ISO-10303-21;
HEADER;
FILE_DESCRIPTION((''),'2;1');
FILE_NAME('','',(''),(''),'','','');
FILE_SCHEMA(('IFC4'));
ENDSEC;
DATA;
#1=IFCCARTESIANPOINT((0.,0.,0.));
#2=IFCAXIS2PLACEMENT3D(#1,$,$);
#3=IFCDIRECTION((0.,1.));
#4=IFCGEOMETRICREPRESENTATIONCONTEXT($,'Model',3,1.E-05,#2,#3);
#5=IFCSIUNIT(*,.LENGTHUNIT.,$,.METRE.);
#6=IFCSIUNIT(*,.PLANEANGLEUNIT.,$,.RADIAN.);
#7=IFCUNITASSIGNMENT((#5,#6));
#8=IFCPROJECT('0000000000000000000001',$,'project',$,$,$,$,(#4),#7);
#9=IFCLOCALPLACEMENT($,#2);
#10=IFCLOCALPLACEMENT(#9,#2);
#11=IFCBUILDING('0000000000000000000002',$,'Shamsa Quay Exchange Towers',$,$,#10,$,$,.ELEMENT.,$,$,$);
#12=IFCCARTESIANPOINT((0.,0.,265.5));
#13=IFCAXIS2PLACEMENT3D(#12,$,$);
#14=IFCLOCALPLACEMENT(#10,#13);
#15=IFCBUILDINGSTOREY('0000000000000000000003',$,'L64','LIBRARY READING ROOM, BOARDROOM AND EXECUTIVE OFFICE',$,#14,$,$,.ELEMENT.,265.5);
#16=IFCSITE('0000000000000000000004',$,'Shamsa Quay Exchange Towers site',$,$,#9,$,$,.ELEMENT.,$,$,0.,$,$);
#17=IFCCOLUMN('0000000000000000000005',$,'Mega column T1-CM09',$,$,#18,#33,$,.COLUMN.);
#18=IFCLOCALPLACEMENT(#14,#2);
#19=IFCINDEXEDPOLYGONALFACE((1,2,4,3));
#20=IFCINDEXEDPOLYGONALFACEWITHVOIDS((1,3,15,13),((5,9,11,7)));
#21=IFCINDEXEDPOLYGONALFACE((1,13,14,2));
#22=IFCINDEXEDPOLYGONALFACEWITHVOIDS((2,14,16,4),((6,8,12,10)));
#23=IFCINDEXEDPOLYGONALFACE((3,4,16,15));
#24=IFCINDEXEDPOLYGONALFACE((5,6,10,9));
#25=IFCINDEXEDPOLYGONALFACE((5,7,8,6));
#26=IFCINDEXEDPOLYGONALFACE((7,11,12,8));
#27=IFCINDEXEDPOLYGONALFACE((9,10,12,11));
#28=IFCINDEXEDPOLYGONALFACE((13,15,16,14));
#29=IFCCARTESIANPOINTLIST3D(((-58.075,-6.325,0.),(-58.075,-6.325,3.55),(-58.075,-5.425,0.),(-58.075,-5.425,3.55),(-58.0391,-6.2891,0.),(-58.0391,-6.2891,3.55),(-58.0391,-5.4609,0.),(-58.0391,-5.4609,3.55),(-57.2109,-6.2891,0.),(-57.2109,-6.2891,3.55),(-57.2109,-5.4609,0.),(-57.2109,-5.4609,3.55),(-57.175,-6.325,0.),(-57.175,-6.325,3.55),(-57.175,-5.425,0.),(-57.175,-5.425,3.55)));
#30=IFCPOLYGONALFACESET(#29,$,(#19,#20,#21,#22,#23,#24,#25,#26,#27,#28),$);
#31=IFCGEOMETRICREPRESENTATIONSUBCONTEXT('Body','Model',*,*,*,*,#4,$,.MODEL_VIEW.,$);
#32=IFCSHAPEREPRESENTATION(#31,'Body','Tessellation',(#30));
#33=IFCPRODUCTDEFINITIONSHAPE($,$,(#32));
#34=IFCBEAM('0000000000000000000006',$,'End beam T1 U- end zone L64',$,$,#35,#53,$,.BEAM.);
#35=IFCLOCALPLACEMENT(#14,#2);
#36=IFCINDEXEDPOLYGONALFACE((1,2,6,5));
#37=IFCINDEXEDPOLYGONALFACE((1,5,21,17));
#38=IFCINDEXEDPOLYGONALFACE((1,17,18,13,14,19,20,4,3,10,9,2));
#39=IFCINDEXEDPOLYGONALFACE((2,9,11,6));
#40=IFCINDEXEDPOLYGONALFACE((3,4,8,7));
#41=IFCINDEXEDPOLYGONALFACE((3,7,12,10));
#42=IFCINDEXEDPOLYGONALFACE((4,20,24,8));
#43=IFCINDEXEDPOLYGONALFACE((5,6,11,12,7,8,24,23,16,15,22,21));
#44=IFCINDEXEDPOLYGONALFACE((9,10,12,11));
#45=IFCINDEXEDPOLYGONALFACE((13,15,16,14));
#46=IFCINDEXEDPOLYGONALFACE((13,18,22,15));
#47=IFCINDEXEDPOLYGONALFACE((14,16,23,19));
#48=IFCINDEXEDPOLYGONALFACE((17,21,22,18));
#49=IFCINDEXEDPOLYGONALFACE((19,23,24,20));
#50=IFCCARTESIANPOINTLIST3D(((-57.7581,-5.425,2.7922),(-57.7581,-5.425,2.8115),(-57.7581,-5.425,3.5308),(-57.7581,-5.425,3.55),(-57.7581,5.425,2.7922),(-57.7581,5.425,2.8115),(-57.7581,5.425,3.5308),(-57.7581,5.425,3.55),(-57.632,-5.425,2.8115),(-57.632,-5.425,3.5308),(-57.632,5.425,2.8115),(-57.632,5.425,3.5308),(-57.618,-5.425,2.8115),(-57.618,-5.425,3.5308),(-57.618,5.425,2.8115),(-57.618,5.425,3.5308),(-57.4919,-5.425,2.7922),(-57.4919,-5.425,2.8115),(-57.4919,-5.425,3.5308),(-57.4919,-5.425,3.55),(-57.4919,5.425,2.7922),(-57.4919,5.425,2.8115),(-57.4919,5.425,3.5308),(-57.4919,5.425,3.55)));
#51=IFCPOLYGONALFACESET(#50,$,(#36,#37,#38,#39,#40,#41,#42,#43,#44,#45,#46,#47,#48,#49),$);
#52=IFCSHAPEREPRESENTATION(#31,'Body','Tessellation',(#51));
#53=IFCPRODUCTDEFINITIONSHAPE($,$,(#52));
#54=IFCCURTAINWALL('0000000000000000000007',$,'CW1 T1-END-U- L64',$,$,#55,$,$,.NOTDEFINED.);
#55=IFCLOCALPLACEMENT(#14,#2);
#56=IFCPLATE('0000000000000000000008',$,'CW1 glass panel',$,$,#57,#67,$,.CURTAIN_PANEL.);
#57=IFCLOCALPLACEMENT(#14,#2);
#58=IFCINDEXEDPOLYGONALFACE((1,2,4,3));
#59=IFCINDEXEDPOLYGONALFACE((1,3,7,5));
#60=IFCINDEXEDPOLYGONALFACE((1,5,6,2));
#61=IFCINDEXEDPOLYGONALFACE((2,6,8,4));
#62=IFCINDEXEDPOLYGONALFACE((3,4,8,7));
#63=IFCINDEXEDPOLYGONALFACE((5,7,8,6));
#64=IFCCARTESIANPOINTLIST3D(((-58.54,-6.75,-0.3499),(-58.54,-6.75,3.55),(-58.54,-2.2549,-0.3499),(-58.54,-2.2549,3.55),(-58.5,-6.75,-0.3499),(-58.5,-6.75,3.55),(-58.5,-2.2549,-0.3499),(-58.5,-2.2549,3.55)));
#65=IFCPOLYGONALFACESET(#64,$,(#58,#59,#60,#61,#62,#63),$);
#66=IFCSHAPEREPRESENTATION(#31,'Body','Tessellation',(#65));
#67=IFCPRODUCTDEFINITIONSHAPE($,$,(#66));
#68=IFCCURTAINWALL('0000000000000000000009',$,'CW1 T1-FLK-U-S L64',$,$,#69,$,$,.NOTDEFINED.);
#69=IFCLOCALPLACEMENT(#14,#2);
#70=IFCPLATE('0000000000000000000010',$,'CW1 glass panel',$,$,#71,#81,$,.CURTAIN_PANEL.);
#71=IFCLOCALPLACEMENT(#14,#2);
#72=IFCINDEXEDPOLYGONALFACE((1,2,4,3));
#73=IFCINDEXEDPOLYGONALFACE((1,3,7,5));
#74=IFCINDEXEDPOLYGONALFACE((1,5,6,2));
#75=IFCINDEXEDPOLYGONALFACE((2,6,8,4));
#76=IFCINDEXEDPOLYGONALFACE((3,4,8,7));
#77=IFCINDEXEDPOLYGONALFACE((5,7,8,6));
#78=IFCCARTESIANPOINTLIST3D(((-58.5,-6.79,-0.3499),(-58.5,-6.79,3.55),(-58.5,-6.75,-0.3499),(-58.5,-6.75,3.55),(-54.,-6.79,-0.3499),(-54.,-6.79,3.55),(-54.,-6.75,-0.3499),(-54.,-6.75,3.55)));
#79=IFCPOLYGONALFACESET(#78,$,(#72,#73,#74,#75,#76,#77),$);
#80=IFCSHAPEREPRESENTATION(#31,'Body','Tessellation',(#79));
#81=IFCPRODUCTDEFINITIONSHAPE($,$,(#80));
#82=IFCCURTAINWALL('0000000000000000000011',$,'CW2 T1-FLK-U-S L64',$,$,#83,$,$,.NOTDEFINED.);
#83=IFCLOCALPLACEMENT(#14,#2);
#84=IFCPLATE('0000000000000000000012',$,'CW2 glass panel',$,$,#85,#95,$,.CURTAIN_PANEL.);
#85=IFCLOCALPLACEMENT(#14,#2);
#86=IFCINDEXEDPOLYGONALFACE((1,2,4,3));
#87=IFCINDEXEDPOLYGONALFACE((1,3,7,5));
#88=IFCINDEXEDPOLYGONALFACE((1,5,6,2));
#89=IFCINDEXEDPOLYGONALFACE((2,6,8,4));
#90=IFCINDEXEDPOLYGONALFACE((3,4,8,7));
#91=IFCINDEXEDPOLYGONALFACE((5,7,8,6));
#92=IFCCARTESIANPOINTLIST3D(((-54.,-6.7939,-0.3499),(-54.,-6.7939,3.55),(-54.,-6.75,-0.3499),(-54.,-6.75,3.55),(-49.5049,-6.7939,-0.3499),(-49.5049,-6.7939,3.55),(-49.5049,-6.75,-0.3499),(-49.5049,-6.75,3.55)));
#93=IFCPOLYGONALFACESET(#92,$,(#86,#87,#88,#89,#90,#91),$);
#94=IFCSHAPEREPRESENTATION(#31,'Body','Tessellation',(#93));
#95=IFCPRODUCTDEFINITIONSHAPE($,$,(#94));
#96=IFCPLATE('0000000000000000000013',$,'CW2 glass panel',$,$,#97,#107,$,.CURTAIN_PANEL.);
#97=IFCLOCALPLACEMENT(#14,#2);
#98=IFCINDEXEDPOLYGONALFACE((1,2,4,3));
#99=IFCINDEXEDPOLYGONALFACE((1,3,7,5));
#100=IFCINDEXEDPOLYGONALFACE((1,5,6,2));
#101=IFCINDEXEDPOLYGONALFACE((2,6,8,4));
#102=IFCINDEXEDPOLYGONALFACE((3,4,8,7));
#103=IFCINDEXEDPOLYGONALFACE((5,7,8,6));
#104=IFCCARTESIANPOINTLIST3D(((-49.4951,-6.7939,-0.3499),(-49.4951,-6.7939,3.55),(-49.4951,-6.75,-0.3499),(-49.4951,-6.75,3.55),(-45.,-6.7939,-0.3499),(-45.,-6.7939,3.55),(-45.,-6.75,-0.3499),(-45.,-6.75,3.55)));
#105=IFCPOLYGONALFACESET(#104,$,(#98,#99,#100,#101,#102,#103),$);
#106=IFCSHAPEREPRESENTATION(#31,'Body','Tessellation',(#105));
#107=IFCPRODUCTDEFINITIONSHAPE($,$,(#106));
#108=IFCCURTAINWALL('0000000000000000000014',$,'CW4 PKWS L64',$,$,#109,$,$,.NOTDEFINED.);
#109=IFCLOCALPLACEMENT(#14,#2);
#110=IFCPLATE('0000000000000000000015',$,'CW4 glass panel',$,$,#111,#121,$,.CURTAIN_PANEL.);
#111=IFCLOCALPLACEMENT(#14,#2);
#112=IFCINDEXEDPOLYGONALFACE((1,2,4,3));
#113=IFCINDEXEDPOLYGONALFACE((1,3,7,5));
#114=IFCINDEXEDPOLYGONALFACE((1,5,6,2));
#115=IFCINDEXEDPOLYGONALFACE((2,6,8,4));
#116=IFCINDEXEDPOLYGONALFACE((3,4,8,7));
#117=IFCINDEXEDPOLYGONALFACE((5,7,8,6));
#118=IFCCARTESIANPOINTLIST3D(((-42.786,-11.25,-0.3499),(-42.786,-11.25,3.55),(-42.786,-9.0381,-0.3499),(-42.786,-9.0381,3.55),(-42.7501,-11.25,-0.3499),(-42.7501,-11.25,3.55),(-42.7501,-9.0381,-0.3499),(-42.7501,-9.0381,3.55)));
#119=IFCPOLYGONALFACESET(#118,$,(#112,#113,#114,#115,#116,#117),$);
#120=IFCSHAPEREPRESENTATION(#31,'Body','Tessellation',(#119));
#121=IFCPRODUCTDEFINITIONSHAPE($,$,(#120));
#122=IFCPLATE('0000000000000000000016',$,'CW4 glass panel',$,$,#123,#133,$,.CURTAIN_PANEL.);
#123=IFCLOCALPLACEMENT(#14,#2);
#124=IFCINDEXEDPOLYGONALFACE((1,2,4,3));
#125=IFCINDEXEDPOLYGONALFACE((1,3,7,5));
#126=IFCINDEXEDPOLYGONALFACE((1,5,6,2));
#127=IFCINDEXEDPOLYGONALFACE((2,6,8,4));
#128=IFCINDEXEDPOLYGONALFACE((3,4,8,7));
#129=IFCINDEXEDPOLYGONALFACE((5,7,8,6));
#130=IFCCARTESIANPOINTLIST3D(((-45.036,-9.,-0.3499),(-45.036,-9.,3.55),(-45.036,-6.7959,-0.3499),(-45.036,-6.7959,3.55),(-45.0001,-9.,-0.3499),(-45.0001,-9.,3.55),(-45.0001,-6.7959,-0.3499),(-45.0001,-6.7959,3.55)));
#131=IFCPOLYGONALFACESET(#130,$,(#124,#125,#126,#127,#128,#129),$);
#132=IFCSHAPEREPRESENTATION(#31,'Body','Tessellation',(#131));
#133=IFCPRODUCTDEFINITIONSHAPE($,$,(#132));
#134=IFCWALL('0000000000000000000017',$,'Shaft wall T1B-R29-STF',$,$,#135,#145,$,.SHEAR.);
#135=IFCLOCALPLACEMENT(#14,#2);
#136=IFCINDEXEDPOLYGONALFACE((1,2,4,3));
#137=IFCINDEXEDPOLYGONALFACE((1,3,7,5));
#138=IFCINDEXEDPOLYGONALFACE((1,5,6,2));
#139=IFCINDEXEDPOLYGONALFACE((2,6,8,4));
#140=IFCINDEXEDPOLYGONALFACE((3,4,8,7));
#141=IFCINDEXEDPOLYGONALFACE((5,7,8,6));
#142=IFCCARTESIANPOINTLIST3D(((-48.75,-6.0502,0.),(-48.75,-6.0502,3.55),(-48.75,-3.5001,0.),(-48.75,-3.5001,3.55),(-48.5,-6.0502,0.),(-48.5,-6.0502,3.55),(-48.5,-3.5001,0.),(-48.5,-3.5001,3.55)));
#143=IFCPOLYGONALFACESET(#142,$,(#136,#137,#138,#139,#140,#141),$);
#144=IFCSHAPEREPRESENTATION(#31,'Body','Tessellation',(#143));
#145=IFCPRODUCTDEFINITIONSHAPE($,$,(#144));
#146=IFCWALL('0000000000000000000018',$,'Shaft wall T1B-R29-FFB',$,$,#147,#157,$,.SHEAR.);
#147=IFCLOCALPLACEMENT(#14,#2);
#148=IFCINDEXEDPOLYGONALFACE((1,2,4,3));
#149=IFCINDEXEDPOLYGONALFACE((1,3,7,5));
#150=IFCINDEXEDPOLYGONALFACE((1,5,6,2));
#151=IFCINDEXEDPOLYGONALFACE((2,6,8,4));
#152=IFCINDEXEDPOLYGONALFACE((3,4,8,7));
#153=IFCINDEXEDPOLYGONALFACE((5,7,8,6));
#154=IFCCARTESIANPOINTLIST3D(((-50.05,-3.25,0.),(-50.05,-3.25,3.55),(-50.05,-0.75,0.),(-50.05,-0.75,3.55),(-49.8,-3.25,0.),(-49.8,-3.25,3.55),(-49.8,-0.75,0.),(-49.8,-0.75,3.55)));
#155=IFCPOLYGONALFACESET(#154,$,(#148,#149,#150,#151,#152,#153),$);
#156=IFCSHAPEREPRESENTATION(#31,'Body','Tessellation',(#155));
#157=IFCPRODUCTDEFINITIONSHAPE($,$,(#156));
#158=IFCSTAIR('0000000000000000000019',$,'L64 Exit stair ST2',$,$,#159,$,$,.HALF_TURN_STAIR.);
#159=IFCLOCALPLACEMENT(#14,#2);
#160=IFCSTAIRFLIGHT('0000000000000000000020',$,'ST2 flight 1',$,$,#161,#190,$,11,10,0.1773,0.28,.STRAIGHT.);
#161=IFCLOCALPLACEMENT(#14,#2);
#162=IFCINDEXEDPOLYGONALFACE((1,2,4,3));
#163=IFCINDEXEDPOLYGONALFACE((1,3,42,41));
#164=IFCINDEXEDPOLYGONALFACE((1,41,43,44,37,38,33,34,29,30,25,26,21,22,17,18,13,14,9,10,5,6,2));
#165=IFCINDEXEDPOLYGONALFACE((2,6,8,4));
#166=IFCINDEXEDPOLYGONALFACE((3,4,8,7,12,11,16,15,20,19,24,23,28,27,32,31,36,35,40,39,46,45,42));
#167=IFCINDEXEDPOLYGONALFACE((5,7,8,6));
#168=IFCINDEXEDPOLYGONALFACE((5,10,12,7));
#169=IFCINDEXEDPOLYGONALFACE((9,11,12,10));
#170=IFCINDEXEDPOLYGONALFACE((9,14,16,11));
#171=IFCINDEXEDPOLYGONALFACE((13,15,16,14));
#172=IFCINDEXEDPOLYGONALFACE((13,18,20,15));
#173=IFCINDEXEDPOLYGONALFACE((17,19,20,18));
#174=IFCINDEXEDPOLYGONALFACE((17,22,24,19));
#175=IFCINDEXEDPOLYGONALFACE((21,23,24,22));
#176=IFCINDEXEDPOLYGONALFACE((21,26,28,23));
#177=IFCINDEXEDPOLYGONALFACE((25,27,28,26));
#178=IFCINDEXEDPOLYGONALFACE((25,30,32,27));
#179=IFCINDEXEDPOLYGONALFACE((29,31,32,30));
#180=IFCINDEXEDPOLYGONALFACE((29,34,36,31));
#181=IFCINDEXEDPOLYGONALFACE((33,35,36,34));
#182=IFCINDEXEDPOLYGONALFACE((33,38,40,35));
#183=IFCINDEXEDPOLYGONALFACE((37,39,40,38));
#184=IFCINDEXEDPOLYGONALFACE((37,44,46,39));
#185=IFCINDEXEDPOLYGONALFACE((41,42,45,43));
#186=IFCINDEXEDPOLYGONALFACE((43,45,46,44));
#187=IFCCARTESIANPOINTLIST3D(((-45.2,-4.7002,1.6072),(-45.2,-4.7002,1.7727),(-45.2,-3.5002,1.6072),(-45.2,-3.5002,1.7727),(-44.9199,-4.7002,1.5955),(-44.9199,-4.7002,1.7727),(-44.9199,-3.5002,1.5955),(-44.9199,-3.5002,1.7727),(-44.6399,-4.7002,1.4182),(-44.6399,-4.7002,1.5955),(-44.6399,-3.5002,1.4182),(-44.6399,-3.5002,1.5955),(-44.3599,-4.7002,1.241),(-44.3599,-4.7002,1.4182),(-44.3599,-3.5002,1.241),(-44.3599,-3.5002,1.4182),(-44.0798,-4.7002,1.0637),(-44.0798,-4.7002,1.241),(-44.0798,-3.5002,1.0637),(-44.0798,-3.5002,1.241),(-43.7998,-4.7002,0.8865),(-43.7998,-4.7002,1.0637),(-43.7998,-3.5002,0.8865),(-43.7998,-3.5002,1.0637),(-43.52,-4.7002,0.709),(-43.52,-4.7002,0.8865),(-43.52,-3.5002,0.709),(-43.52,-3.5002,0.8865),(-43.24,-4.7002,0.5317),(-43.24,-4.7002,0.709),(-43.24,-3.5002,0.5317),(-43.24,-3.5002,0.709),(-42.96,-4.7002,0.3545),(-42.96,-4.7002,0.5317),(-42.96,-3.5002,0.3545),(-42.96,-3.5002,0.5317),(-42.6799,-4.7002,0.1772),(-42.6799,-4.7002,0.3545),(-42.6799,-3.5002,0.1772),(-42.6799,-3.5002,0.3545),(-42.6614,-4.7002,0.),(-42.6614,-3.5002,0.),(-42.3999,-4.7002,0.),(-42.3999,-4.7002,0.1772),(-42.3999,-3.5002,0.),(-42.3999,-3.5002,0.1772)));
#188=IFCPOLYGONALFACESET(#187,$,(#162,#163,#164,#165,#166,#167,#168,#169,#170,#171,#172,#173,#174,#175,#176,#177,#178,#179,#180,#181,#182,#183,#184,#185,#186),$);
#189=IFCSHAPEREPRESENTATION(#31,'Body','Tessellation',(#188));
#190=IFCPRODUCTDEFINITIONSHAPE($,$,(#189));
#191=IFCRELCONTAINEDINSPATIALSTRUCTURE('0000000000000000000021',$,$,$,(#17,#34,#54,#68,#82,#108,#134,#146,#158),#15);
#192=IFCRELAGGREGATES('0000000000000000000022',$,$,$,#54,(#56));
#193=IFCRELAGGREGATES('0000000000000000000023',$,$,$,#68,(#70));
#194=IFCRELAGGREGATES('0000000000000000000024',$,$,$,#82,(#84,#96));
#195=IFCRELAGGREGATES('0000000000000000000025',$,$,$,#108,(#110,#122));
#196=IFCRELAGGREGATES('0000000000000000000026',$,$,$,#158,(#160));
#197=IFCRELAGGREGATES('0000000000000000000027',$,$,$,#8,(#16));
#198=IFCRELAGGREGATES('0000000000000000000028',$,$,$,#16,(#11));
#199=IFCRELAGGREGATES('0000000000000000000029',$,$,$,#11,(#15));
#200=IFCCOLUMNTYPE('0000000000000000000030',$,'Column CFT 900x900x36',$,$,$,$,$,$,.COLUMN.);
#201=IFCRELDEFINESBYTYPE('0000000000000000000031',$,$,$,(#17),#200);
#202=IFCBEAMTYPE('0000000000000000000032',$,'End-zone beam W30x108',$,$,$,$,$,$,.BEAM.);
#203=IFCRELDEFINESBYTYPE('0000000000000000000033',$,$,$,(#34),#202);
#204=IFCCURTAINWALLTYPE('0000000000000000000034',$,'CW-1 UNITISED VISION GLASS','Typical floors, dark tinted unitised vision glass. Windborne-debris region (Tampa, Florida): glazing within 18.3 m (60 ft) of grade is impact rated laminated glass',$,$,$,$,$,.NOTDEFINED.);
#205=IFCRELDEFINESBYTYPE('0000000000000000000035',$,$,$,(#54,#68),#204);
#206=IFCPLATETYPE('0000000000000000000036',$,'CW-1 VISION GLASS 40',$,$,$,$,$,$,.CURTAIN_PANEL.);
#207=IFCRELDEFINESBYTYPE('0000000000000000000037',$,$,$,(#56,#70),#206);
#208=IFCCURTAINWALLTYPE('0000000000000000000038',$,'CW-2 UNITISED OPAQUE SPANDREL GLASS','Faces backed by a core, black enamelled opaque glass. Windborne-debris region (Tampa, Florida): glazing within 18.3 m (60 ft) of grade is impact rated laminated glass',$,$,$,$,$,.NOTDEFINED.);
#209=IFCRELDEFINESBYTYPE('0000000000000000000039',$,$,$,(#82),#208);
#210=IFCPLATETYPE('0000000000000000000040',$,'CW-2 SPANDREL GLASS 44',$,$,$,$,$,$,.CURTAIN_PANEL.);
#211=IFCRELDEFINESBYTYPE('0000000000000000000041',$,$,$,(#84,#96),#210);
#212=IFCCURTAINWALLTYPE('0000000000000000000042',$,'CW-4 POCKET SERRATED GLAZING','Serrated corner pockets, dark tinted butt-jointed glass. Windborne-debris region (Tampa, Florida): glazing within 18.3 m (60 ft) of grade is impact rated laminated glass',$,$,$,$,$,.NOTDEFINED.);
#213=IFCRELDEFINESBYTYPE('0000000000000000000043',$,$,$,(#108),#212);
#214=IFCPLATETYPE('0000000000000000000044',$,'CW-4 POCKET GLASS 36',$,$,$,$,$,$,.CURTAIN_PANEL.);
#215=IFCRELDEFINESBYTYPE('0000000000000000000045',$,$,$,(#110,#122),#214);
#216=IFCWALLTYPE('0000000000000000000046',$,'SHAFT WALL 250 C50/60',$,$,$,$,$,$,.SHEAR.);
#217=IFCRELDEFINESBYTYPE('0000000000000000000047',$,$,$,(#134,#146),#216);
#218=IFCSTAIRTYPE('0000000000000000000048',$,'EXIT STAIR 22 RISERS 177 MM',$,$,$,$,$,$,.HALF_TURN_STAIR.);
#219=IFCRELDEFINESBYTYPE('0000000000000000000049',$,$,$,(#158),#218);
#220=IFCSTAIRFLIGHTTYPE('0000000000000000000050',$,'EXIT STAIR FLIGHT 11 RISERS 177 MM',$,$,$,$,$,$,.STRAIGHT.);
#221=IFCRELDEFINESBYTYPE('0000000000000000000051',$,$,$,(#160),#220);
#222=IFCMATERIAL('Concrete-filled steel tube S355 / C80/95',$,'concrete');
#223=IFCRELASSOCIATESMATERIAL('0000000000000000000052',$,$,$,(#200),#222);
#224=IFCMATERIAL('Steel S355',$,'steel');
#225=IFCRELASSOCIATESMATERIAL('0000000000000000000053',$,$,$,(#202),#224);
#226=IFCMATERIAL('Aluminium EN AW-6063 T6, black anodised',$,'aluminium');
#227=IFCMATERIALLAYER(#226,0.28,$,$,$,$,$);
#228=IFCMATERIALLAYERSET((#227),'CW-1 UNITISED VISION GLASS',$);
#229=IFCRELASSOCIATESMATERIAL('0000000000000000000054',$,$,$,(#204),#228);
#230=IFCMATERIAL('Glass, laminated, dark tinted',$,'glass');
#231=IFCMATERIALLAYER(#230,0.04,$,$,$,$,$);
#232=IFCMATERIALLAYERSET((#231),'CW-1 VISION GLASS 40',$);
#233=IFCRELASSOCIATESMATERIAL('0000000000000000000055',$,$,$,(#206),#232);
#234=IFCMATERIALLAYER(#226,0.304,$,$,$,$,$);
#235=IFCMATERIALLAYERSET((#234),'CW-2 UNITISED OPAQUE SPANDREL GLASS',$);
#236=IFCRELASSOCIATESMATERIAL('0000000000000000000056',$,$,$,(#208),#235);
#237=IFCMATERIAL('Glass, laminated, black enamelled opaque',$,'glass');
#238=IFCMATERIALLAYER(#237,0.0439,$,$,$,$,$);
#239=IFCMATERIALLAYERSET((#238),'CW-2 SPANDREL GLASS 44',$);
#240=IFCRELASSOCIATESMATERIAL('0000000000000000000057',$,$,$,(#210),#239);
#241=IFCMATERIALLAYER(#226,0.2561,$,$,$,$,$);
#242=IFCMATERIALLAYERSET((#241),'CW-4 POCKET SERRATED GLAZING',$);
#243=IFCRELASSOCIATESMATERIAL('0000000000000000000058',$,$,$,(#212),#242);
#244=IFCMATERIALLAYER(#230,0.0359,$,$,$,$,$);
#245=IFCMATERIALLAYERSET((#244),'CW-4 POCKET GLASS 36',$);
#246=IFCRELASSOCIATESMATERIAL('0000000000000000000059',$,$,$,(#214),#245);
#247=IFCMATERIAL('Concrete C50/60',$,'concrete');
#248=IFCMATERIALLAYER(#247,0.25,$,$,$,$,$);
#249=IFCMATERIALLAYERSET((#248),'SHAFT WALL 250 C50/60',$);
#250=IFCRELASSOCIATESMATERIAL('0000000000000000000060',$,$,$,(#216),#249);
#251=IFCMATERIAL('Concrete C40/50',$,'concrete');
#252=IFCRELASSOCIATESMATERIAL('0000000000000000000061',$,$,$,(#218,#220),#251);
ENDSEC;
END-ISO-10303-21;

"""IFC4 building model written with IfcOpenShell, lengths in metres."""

from ifc_helpers import new_model, si_unit, direction, frame, frame_2d, origin, origin_2d, place, context, subcontext, project, spatial, polyline, rectangle, hollow_rectangle, i_section, outline, extrude, material, layer, layer_set, material_profile, profile_set, type_object, element, aggregate, save


model = new_model("IFC4")

# Units and contexts
model_context = context("Model", 3, precision=1e-05, world=origin(), true_north=direction((0.0, 1.0)))
body_context = subcontext(model_context, "Body", "Model", "MODEL_VIEW")
ifc_project = project(units=[si_unit("LENGTHUNIT", "METRE"), si_unit("PLANEANGLEUNIT", "RADIAN")], contexts=[model_context])

# Site, building, storey
site_placement = place(None, origin())
site = spatial("IfcSite", under=ifc_project, at=site_placement, Name="Shamsa Quay Exchange Towers site", CompositionType="ELEMENT", RefElevation=0.0)
building_placement = place(site_placement, origin())
building = spatial("IfcBuilding", under=site, at=building_placement, Name="Shamsa Quay Exchange Towers", CompositionType="ELEMENT")
storey_placement = place(building_placement, frame((0.0, 0.0, 265.5)))
storey = spatial("IfcBuildingStorey", under=building, at=storey_placement, Name="L64", Description="LIBRARY READING ROOM, BOARDROOM AND EXECUTIVE OFFICE", CompositionType="ELEMENT", Elevation=265.5)

# Column
ifc_material_1 = material(Name="Concrete-filled steel tube S355 / C80/95", Category="concrete")
ifc_material_profile_1 = material_profile(ifc_material_1, hollow_rectangle(XDim=0.8999, YDim=0.8999, WallThickness=0.0359, at=origin_2d()), Name="CFT 900x900x36")
ifc_profile_set_1 = profile_set([ifc_material_profile_1], Name="Concrete-filled steel tube S355 / C80/95")
column_type = type_object("IfcColumnType", Name="Column CFT 900x900x36", PredefinedType="COLUMN", material=ifc_profile_set_1)
column_placement = place(storey_placement, frame((-57.625, -5.875, 0.0)))
element("IfcColumn", 1, at=column_placement, inside=storey, type_object=column_type, Name="Mega column T1-CM09", PredefinedType="COLUMN", context=body_context, shape_type="SweptSolid", body=[
    extrude(hollow_rectangle(XDim=0.8999, YDim=0.8999, WallThickness=0.0359, at=origin_2d()), origin(), (0.0, 0.0, 1.0), 3.55),
])

# Beam
ifc_material_2 = material(Name="Steel S355", Category="steel")
ifc_material_profile_2 = material_profile(ifc_material_2, i_section(OverallWidth=0.2661, OverallDepth=0.7578, WebThickness=0.0139, FlangeThickness=0.0193, at=origin_2d()), Name="W30x108")
ifc_profile_set_2 = profile_set([ifc_material_profile_2], Name="Steel S355")
beam_type = type_object("IfcBeamType", Name="End-zone beam W30x108", PredefinedType="BEAM", material=ifc_profile_set_2)
beam_placement = place(storey_placement, frame((-57.625, -5.425, 3.1711), z_axis=(0.0, 1.0, 0.0), x_axis=(-1.0, 0.0, 0.0)))
element("IfcBeam", 2, at=beam_placement, inside=storey, type_object=beam_type, Name="End beam T1 U- end zone L64", PredefinedType="BEAM", context=body_context, shape_type="SweptSolid", body=[
    extrude(i_section(OverallWidth=0.2661, OverallDepth=0.7578, WebThickness=0.0139, FlangeThickness=0.0193, at=origin_2d()), origin(), (0.0, 0.0, 1.0), 10.8501),
])

# Curtain walls, plates
ifc_material_3 = material(Name="Aluminium EN AW-6063 T6, black anodised", Category="aluminium")
ifc_layer_1 = layer(ifc_material_3, 0.28)
ifc_layer_set_1 = layer_set([ifc_layer_1], Name="CW-1 UNITISED VISION GLASS")
curtain_wall_type_1 = type_object("IfcCurtainWallType", Name="CW-1 UNITISED VISION GLASS", Description="Typical floors, dark tinted unitised vision glass. Windborne-debris region (Tampa, Florida): glazing within 18.3 m (60 ft) of grade is impact rated laminated glass", PredefinedType="NOTDEFINED", material=ifc_layer_set_1)
curtain_wall_1_placement = place(storey_placement, origin())
curtain_wall_1 = element("IfcCurtainWall", 3, at=curtain_wall_1_placement, inside=storey, type_object=curtain_wall_type_1, Name="CW1 T1-END-U- L64", PredefinedType="NOTDEFINED")
ifc_material_4 = material(Name="Glass, laminated, dark tinted", Category="glass")
ifc_layer_2 = layer(ifc_material_4, 0.04)
ifc_layer_set_2 = layer_set([ifc_layer_2], Name="CW-1 VISION GLASS 40")
plate_type_1 = type_object("IfcPlateType", Name="CW-1 VISION GLASS 40", PredefinedType="CURTAIN_PANEL", material=ifc_layer_set_2)
plate_1_placement = place(storey_placement, frame((-58.52, -4.5024, -0.3499), z_axis=(0.0, 0.0, 1.0), x_axis=(0.0, -1.0, 0.0)))
plate_1 = element("IfcPlate", 4, at=plate_1_placement, type_object=plate_type_1, Name="CW1 glass panel", PredefinedType="CURTAIN_PANEL", context=body_context, shape_type="SweptSolid", body=[
    extrude(rectangle(XDim=4.4951, YDim=0.04, at=origin_2d()), origin(), (0.0, 0.0, 1.0), 3.8999),
])
aggregate(curtain_wall_1, [plate_1])
curtain_wall_2_placement = place(storey_placement, origin())
curtain_wall_2 = element("IfcCurtainWall", 5, at=curtain_wall_2_placement, inside=storey, type_object=curtain_wall_type_1, Name="CW1 T1-FLK-U-S L64", PredefinedType="NOTDEFINED")
plate_2_placement = place(storey_placement, frame((-56.25, -6.77, -0.3499)))
plate_2 = element("IfcPlate", 6, at=plate_2_placement, type_object=plate_type_1, Name="CW1 glass panel", PredefinedType="CURTAIN_PANEL", context=body_context, shape_type="SweptSolid", body=[
    extrude(rectangle(XDim=4.5, YDim=0.04, at=origin_2d()), origin(), (0.0, 0.0, 1.0), 3.8999),
])
aggregate(curtain_wall_2, [plate_2])

# Curtain walls, plates
ifc_layer_3 = layer(ifc_material_3, 0.304)
ifc_layer_set_3 = layer_set([ifc_layer_3], Name="CW-2 UNITISED OPAQUE SPANDREL GLASS")
curtain_wall_type_2 = type_object("IfcCurtainWallType", Name="CW-2 UNITISED OPAQUE SPANDREL GLASS", Description="Faces backed by a core, black enamelled opaque glass. Windborne-debris region (Tampa, Florida): glazing within 18.3 m (60 ft) of grade is impact rated laminated glass", PredefinedType="NOTDEFINED", material=ifc_layer_set_3)
curtain_wall_3_placement = place(storey_placement, origin())
curtain_wall_3 = element("IfcCurtainWall", 7, at=curtain_wall_3_placement, inside=storey, type_object=curtain_wall_type_2, Name="CW2 T1-FLK-U-S L64", PredefinedType="NOTDEFINED")
ifc_material_5 = material(Name="Glass, laminated, black enamelled opaque", Category="glass")
ifc_layer_4 = layer(ifc_material_5, 0.0439)
ifc_layer_set_4 = layer_set([ifc_layer_4], Name="CW-2 SPANDREL GLASS 44")
plate_type_2 = type_object("IfcPlateType", Name="CW-2 SPANDREL GLASS 44", PredefinedType="CURTAIN_PANEL", material=ifc_layer_set_4)
plate_3_placement = place(storey_placement, frame((-51.7524, -6.772, -0.3499)))
plate_3 = element("IfcPlate", 8, at=plate_3_placement, type_object=plate_type_2, Name="CW2 glass panel", PredefinedType="CURTAIN_PANEL", context=body_context, shape_type="SweptSolid", body=[
    extrude(rectangle(XDim=4.4951, YDim=0.0439, at=origin_2d()), origin(), (0.0, 0.0, 1.0), 3.8999),
])
plate_4_placement = place(storey_placement, frame((-47.2476, -6.772, -0.3499)))
plate_4 = element("IfcPlate", 9, at=plate_4_placement, type_object=plate_type_2, Name="CW2 glass panel", PredefinedType="CURTAIN_PANEL", context=body_context, shape_type="SweptSolid", body=[
    extrude(rectangle(XDim=4.4951, YDim=0.0439, at=origin_2d()), origin(), (0.0, 0.0, 1.0), 3.8999),
])
aggregate(curtain_wall_3, [plate_3, plate_4])
ifc_layer_5 = layer(ifc_material_3, 0.2561)
ifc_layer_set_5 = layer_set([ifc_layer_5], Name="CW-4 POCKET SERRATED GLAZING")
curtain_wall_type_3 = type_object("IfcCurtainWallType", Name="CW-4 POCKET SERRATED GLAZING", Description="Serrated corner pockets, dark tinted butt-jointed glass. Windborne-debris region (Tampa, Florida): glazing within 18.3 m (60 ft) of grade is impact rated laminated glass", PredefinedType="NOTDEFINED", material=ifc_layer_set_5)
curtain_wall_4_placement = place(storey_placement, origin())
curtain_wall_4 = element("IfcCurtainWall", 10, at=curtain_wall_4_placement, inside=storey, type_object=curtain_wall_type_3, Name="CW4 PKWS L64", PredefinedType="NOTDEFINED")
ifc_layer_6 = layer(ifc_material_4, 0.0359)
ifc_layer_set_6 = layer_set([ifc_layer_6], Name="CW-4 POCKET GLASS 36")
plate_type_3 = type_object("IfcPlateType", Name="CW-4 POCKET GLASS 36", PredefinedType="CURTAIN_PANEL", material=ifc_layer_set_6)
plate_5_placement = place(storey_placement, frame((-42.7681, -10.144, -0.3499), z_axis=(0.0, 0.0, 1.0), x_axis=(0.0, -1.0, 0.0)))
plate_5 = element("IfcPlate", 11, at=plate_5_placement, type_object=plate_type_3, Name="CW4 glass panel", PredefinedType="CURTAIN_PANEL", context=body_context, shape_type="SweptSolid", body=[
    extrude(rectangle(XDim=2.2119, YDim=0.0359, at=origin_2d()), origin(), (0.0, 0.0, 1.0), 3.8999),
])
plate_6_placement = place(storey_placement, frame((-45.0181, -7.8979, -0.3499), z_axis=(0.0, 0.0, 1.0), x_axis=(0.0, -1.0, 0.0)))
plate_6 = element("IfcPlate", 12, at=plate_6_placement, type_object=plate_type_3, Name="CW4 glass panel", PredefinedType="CURTAIN_PANEL", context=body_context, shape_type="SweptSolid", body=[
    extrude(rectangle(XDim=2.2041, YDim=0.0359, at=origin_2d()), origin(), (0.0, 0.0, 1.0), 3.8999),
])
aggregate(curtain_wall_4, [plate_5, plate_6])

# Walls
ifc_material_6 = material(Name="Concrete C50/60", Category="concrete")
ifc_layer_7 = layer(ifc_material_6, 0.25)
ifc_layer_set_7 = layer_set([ifc_layer_7], Name="SHAFT WALL 250 C50/60")
wall_type_1 = type_object("IfcWallType", Name="SHAFT WALL 250 C50/60", PredefinedType="SHEAR", material=ifc_layer_set_7)
wall_1_placement = place(storey_placement, frame((-48.625, -6.05, 0.0), z_axis=(0.0, 0.0, 1.0), x_axis=(0.0, 1.0, 0.0)))
element("IfcWall", 13, at=wall_1_placement, inside=storey, type_object=wall_type_1, Name="Shaft wall T1B-R29-STF", PredefinedType="SHEAR", context=body_context, shape_type="SweptSolid", body=[
    extrude(rectangle(XDim=2.55, YDim=0.25, at=frame_2d((1.2749, 0.0))), origin(), (0.0, 0.0, 1.0), 3.55),
])
wall_2_placement = place(storey_placement, frame((-49.925, -3.25, 0.0), z_axis=(0.0, 0.0, 1.0), x_axis=(0.0, 1.0, 0.0)))
element("IfcWall", 14, at=wall_2_placement, inside=storey, type_object=wall_type_1, Name="Shaft wall T1B-R29-FFB", PredefinedType="SHEAR", context=body_context, shape_type="SweptSolid", body=[
    extrude(rectangle(XDim=2.5, YDim=0.25, at=frame_2d((1.25, 0.0))), origin(), (0.0, 0.0, 1.0), 3.55),
])

# Stair, stair flight
ifc_material_7 = material(Name="Concrete C40/50", Category="concrete")
stair_type = type_object("IfcStairType", Name="EXIT STAIR 22 RISERS 177 MM", PredefinedType="HALF_TURN_STAIR", material=ifc_material_7)
stair_placement = place(storey_placement, origin())
stair = element("IfcStair", 15, at=stair_placement, inside=storey, type_object=stair_type, Name="L64 Exit stair ST2", PredefinedType="HALF_TURN_STAIR")
stair_flight_type = type_object("IfcStairFlightType", Name="EXIT STAIR FLIGHT 11 RISERS 177 MM", PredefinedType="STRAIGHT", material=ifc_material_7)
stair_flight_1_placement = place(storey_placement, frame((-42.3999, -4.1001, 0.0), z_axis=(0.0, 0.0, 1.0), x_axis=(-1.0, 0.0, 0.0)))
stair_flight_1 = element("IfcStairFlight", 16, at=stair_flight_1_placement, type_object=stair_flight_type, Name="ST2 flight 1", NumberOfRisers=11, NumberOfTreads=10, PredefinedType="STRAIGHT", RiserHeight=0.1773, TreadLength=0.28, context=body_context, shape_type="SweptSolid", body=[
    extrude(outline(polyline([(0.0, 0.0), (0.0, 0.1772), (0.28, 0.1772), (0.28, 0.3545), (0.5601, 0.3545), (0.5601, 0.5317), (0.8401, 0.5317), (0.8401, 0.709), (1.1201, 0.709), (1.1201, 0.8865), (1.3999, 0.8865), (1.3999, 1.0637), (1.6799, 1.0637), (1.6799, 1.241), (1.96, 1.241), (1.96, 1.4182), (2.24, 1.4182), (2.24, 1.5955), (2.52, 1.5955), (2.52, 1.7727), (2.8, 1.7727), (2.8, 1.95), (2.8, 1.6072), (0.2615, 0.0), (0.0, 0.0)])), frame((0.0, 0.6001, 0.0), z_axis=(0.0, -1.0, 0.0), x_axis=(1.0, 0.0, 0.0)), (0.0, 0.0, 1.0), 1.2),
])
aggregate(stair, [stair_flight_1])

save(model, "model.ifc")
